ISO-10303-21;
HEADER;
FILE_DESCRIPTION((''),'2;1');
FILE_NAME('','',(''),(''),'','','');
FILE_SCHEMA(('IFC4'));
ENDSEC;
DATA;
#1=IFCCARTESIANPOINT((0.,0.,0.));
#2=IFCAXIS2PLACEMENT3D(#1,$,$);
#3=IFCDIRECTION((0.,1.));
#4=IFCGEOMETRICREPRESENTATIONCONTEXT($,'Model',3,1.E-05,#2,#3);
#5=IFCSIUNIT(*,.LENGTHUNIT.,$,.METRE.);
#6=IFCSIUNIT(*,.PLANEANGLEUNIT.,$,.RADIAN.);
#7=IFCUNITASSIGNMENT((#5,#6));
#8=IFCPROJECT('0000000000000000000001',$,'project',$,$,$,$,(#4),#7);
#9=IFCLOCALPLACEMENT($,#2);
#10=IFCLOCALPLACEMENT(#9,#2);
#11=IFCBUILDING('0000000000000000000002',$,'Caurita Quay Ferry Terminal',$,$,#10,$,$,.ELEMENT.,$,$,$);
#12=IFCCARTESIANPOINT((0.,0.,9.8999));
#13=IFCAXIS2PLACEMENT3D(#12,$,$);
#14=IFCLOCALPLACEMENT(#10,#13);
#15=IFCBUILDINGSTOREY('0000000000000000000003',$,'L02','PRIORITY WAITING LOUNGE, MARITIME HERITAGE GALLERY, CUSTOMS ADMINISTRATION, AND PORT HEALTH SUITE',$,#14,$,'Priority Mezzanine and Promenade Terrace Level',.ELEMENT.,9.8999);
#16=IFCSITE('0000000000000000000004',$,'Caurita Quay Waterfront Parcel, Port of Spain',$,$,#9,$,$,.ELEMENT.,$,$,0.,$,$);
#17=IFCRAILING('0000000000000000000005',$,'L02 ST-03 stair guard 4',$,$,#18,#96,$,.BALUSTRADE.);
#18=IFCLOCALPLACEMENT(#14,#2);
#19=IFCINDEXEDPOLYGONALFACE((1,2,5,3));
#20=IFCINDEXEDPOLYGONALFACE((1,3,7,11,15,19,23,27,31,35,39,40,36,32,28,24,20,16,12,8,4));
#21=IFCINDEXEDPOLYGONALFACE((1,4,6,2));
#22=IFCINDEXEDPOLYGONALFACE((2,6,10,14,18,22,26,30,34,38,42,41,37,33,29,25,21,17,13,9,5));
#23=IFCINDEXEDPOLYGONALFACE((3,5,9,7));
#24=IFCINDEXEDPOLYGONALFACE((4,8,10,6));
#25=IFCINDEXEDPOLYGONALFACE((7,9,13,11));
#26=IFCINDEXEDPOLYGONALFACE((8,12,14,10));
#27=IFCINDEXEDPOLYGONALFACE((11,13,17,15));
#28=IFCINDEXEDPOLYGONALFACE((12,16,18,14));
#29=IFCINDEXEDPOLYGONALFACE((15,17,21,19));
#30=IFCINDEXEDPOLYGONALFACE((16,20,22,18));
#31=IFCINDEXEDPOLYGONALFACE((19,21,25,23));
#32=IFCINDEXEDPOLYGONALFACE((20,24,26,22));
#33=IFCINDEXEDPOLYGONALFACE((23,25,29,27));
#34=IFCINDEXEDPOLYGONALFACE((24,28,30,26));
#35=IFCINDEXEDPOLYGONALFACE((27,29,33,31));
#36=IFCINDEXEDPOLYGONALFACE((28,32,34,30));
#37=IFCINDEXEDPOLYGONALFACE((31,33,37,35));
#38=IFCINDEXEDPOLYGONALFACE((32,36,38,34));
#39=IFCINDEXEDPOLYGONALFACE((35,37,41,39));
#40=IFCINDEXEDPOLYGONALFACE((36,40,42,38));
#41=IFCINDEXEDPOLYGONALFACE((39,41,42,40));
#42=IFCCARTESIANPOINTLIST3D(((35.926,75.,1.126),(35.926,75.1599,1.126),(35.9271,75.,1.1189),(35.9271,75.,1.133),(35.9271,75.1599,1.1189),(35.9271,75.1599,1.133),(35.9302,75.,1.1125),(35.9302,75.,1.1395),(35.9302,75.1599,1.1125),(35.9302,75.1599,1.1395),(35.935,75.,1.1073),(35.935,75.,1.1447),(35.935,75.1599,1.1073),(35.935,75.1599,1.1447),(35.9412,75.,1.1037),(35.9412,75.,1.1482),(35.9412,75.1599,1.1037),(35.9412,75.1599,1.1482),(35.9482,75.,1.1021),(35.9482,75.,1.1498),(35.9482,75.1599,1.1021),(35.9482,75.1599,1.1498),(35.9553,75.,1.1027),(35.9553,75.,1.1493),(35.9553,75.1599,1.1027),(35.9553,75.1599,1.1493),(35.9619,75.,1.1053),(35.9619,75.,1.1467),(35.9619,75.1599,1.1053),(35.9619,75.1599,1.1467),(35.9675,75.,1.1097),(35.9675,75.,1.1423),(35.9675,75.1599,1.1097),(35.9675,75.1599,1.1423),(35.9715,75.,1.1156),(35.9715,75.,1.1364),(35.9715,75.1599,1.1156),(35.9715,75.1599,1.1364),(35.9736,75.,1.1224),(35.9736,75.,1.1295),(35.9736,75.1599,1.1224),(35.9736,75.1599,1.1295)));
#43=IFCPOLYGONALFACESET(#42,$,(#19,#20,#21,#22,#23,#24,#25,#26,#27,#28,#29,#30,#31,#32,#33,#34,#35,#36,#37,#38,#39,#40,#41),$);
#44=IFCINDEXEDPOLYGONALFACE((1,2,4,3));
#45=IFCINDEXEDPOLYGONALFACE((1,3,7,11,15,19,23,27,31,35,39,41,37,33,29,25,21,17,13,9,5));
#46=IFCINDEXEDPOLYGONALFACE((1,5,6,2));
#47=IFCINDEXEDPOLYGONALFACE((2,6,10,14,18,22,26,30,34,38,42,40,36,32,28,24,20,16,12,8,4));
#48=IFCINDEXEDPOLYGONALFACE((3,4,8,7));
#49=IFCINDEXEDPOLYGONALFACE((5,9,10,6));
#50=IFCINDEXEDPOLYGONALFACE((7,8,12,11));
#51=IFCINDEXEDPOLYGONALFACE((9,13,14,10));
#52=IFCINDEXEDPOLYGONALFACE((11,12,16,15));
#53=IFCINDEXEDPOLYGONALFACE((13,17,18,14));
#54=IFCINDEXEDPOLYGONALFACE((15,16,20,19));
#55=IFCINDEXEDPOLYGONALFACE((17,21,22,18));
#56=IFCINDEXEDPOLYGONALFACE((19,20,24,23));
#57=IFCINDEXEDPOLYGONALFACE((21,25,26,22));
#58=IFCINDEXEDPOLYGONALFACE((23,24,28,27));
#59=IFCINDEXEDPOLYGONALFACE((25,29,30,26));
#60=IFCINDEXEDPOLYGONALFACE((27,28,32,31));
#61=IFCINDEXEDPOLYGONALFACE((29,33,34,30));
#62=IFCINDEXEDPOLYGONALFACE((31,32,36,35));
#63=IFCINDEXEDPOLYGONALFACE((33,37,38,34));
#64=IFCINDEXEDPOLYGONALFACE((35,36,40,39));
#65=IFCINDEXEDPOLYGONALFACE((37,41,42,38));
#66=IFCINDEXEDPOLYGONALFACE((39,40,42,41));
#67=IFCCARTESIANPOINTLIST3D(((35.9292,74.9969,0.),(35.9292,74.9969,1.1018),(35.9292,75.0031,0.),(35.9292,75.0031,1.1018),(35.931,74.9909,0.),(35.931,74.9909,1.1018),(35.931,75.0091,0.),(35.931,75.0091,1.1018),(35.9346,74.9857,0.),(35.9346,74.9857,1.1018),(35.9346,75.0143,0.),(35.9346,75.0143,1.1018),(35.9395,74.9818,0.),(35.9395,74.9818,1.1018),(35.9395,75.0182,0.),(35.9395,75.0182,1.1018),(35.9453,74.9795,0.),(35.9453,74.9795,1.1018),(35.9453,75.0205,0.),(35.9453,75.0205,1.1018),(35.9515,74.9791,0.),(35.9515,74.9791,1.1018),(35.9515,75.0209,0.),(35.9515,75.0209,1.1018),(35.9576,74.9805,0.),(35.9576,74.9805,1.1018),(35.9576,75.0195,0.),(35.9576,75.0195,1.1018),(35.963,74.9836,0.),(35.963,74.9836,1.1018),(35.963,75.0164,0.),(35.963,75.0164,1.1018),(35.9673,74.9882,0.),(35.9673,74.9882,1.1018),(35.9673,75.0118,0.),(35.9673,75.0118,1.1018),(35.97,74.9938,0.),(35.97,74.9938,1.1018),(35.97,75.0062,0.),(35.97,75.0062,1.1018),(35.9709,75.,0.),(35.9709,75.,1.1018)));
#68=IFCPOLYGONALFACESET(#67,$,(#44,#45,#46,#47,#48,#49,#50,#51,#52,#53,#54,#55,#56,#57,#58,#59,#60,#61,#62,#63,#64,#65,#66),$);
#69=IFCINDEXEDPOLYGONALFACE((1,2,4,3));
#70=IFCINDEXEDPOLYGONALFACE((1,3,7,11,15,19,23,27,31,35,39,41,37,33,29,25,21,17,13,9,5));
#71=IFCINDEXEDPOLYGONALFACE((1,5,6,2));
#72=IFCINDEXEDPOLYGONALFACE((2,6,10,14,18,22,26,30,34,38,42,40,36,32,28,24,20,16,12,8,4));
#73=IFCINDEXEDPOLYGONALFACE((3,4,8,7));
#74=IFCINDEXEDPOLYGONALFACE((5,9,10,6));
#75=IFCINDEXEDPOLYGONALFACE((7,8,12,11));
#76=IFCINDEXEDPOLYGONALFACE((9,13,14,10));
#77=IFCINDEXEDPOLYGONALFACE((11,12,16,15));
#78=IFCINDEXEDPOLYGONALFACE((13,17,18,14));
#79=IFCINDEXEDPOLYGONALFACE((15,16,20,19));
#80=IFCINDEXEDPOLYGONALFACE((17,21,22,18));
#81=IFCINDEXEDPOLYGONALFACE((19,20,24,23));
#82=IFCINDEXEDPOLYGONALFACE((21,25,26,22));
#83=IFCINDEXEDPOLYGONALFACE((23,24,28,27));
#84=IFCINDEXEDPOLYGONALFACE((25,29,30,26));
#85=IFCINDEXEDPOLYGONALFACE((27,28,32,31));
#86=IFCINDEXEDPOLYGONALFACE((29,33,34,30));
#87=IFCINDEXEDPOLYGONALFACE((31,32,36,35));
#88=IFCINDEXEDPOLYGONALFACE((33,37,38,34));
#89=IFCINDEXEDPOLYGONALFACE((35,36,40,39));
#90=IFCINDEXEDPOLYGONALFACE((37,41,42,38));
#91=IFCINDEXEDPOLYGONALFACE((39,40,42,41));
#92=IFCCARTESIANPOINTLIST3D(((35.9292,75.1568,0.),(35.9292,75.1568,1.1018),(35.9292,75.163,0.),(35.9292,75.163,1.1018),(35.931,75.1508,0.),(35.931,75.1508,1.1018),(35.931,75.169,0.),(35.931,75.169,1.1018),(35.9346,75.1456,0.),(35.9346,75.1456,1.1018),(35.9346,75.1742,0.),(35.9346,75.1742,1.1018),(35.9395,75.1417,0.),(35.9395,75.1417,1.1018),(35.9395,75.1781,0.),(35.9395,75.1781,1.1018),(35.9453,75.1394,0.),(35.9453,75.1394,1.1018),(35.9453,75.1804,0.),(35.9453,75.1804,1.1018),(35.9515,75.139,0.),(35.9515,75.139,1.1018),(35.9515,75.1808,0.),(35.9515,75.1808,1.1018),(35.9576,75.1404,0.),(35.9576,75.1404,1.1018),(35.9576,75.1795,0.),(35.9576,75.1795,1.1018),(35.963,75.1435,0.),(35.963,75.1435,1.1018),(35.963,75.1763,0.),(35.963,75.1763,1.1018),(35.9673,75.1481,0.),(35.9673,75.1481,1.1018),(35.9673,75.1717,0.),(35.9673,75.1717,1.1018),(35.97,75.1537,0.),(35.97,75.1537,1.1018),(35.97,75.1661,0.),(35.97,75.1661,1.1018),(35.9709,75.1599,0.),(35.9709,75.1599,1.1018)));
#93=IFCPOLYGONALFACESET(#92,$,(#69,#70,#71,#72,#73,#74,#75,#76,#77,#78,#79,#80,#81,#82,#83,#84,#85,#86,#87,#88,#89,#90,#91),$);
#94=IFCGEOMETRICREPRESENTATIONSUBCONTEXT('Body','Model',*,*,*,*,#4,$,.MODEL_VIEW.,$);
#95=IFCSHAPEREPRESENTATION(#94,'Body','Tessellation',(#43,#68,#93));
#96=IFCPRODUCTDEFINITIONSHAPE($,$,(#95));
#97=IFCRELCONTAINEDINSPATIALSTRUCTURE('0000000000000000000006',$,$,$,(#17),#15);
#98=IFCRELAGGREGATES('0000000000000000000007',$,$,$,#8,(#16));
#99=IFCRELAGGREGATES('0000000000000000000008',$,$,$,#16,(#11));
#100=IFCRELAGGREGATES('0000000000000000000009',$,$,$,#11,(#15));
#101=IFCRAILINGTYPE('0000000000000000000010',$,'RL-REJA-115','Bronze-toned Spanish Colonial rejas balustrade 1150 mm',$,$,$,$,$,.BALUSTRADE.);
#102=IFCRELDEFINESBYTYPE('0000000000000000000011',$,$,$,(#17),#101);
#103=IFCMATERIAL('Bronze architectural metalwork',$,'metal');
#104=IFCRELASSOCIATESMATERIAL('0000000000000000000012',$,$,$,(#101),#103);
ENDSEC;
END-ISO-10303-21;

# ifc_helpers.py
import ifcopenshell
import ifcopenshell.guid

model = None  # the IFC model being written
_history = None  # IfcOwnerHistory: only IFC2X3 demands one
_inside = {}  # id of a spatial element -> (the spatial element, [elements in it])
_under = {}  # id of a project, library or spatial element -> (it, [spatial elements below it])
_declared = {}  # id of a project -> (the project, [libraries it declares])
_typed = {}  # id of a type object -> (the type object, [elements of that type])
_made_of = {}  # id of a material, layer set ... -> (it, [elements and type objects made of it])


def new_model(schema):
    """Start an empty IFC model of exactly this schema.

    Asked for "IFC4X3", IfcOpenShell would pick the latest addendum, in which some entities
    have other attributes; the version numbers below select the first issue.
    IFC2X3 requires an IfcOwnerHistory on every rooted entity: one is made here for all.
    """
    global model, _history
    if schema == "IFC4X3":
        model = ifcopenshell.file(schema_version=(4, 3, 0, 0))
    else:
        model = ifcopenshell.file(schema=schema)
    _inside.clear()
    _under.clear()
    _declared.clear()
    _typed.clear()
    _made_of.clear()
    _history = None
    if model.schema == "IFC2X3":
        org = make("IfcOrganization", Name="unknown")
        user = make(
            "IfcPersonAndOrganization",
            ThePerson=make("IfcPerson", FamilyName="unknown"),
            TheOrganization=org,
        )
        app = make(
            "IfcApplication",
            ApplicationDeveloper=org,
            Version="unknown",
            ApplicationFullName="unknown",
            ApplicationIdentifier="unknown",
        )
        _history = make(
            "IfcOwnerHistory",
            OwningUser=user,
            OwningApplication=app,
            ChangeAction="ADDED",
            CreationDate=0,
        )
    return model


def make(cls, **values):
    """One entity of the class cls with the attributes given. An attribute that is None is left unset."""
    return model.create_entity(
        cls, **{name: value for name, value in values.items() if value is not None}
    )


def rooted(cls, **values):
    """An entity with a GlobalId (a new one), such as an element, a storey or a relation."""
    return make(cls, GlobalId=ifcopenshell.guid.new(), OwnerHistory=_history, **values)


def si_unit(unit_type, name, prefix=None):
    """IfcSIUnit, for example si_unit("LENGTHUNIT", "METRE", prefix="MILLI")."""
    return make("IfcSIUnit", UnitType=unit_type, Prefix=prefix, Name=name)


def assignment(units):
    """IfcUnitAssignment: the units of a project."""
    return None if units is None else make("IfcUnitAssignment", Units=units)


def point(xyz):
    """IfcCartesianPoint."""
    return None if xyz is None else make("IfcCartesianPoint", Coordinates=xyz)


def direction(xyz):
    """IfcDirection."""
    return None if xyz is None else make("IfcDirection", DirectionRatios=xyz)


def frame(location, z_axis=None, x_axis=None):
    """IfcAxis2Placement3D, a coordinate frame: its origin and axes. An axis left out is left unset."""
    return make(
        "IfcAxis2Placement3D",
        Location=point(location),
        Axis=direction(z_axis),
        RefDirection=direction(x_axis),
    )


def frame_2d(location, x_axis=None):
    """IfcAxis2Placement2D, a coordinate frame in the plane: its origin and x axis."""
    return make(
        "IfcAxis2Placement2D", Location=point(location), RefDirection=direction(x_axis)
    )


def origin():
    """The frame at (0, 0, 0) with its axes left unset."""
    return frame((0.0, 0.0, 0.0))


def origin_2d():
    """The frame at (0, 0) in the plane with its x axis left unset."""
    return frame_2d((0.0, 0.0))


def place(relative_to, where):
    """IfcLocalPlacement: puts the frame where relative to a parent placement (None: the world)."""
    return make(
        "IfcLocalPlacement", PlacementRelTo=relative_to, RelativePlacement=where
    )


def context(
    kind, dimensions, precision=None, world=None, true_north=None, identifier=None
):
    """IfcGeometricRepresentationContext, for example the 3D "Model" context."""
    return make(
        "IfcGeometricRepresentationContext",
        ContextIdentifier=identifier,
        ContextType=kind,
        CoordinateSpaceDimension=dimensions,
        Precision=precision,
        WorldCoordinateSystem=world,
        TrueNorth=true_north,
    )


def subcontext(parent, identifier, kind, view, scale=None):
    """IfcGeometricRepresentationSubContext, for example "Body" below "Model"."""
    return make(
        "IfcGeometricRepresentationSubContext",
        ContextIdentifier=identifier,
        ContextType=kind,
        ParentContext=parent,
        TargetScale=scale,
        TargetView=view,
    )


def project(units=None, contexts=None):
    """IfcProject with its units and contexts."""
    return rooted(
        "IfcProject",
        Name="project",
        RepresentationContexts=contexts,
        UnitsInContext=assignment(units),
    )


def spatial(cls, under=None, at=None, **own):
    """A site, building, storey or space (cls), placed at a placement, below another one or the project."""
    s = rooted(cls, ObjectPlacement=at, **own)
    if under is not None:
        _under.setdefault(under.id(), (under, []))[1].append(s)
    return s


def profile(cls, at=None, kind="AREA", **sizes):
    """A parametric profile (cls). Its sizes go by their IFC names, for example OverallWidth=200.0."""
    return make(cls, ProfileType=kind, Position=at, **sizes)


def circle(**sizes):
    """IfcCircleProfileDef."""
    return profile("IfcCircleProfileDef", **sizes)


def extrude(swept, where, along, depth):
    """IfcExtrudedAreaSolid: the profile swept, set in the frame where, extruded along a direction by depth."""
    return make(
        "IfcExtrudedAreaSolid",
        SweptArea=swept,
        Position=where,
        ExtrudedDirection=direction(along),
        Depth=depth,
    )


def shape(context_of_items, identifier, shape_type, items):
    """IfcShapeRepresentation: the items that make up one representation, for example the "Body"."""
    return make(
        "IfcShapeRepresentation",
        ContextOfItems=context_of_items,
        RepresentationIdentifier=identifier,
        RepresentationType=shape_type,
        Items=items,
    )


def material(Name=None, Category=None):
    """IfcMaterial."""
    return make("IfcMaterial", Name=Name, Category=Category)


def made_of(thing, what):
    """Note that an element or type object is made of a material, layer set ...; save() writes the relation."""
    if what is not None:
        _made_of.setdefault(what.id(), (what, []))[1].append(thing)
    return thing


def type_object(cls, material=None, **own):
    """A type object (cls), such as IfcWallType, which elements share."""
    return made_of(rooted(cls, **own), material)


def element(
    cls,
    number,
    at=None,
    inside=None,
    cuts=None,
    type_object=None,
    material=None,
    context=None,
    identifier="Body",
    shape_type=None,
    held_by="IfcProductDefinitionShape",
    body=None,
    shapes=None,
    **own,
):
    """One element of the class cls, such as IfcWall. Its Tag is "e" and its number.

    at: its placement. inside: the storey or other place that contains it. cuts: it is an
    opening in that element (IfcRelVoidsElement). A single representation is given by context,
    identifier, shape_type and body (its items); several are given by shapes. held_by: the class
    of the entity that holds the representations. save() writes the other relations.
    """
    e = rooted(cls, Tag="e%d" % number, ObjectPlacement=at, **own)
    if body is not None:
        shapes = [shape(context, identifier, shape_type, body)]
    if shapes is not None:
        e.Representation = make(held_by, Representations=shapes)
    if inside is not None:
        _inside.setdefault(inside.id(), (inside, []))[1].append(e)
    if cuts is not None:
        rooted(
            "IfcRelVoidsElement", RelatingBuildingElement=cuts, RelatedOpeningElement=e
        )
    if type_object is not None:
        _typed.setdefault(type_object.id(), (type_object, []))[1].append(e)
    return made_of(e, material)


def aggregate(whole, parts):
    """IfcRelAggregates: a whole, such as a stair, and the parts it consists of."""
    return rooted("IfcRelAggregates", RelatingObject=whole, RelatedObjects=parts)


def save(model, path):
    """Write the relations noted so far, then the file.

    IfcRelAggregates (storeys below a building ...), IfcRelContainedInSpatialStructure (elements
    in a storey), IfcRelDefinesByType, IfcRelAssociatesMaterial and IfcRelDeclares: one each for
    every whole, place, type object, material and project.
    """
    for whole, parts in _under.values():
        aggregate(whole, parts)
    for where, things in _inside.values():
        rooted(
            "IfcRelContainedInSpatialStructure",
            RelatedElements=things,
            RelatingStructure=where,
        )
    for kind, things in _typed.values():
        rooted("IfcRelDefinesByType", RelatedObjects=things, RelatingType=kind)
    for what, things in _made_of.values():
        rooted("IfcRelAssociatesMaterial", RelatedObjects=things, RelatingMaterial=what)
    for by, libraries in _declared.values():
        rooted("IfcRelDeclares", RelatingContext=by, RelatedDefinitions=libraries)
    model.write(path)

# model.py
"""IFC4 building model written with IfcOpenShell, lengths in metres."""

from ifc_helpers import new_model, si_unit, direction, frame, origin, origin_2d, place, context, subcontext, project, spatial, circle, extrude, material, type_object, element, save


model = new_model("IFC4")

# Units and contexts
model_context = context("Model", 3, precision=1e-05, world=origin(), true_north=direction((0.0, 1.0)))
body_context = subcontext(model_context, "Body", "Model", "MODEL_VIEW")
ifc_project = project(units=[si_unit("LENGTHUNIT", "METRE"), si_unit("PLANEANGLEUNIT", "RADIAN")], contexts=[model_context])

# Site, building, storey
site_placement = place(None, origin())
site = spatial("IfcSite", under=ifc_project, at=site_placement, Name="Caurita Quay Waterfront Parcel, Port of Spain", CompositionType="ELEMENT", RefElevation=0.0)
building_placement = place(site_placement, origin())
building = spatial("IfcBuilding", under=site, at=building_placement, Name="Caurita Quay Ferry Terminal", CompositionType="ELEMENT")
storey_placement = place(building_placement, frame((0.0, 0.0, 9.8999)))
storey = spatial("IfcBuildingStorey", under=building, at=storey_placement, Name="L02", Description="PRIORITY WAITING LOUNGE, MARITIME HERITAGE GALLERY, CUSTOMS ADMINISTRATION, AND PORT HEALTH SUITE", LongName="Priority Mezzanine and Promenade Terrace Level", CompositionType="ELEMENT", Elevation=9.8999)

# Railing
ifc_material_1 = material(Name="Bronze architectural metalwork", Category="metal")
railing_type_1 = type_object("IfcRailingType", Name="RL-REJA-115", Description="Bronze-toned Spanish Colonial rejas balustrade 1150 mm", PredefinedType="BALUSTRADE", material=ifc_material_1)
railing_1_placement = place(storey_placement, frame((35.95, 75.0, 0.0)))
element("IfcRailing", 1, at=railing_1_placement, inside=storey, type_object=railing_type_1, Name="L02 ST-03 stair guard 4", PredefinedType="BALUSTRADE", context=body_context, shape_type="SweptSolid", body=[
    extrude(circle(Radius=0.0239, at=origin_2d()), frame((0.0, 0.0, 1.126), z_axis=(0.0, 1.0, 0.0), x_axis=(-1.0, 0.0, 0.0)), (0.0, 0.0, 1.0), 0.1599),
    extrude(circle(Radius=0.021, at=origin_2d()), origin(), (0.0, 0.0, 1.0), 1.1018),
    extrude(circle(Radius=0.021, at=origin_2d()), frame((0.0, 0.1599, 0.0)), (0.0, 0.0, 1.0), 1.1018),
])

save(model, "model.ifc")
